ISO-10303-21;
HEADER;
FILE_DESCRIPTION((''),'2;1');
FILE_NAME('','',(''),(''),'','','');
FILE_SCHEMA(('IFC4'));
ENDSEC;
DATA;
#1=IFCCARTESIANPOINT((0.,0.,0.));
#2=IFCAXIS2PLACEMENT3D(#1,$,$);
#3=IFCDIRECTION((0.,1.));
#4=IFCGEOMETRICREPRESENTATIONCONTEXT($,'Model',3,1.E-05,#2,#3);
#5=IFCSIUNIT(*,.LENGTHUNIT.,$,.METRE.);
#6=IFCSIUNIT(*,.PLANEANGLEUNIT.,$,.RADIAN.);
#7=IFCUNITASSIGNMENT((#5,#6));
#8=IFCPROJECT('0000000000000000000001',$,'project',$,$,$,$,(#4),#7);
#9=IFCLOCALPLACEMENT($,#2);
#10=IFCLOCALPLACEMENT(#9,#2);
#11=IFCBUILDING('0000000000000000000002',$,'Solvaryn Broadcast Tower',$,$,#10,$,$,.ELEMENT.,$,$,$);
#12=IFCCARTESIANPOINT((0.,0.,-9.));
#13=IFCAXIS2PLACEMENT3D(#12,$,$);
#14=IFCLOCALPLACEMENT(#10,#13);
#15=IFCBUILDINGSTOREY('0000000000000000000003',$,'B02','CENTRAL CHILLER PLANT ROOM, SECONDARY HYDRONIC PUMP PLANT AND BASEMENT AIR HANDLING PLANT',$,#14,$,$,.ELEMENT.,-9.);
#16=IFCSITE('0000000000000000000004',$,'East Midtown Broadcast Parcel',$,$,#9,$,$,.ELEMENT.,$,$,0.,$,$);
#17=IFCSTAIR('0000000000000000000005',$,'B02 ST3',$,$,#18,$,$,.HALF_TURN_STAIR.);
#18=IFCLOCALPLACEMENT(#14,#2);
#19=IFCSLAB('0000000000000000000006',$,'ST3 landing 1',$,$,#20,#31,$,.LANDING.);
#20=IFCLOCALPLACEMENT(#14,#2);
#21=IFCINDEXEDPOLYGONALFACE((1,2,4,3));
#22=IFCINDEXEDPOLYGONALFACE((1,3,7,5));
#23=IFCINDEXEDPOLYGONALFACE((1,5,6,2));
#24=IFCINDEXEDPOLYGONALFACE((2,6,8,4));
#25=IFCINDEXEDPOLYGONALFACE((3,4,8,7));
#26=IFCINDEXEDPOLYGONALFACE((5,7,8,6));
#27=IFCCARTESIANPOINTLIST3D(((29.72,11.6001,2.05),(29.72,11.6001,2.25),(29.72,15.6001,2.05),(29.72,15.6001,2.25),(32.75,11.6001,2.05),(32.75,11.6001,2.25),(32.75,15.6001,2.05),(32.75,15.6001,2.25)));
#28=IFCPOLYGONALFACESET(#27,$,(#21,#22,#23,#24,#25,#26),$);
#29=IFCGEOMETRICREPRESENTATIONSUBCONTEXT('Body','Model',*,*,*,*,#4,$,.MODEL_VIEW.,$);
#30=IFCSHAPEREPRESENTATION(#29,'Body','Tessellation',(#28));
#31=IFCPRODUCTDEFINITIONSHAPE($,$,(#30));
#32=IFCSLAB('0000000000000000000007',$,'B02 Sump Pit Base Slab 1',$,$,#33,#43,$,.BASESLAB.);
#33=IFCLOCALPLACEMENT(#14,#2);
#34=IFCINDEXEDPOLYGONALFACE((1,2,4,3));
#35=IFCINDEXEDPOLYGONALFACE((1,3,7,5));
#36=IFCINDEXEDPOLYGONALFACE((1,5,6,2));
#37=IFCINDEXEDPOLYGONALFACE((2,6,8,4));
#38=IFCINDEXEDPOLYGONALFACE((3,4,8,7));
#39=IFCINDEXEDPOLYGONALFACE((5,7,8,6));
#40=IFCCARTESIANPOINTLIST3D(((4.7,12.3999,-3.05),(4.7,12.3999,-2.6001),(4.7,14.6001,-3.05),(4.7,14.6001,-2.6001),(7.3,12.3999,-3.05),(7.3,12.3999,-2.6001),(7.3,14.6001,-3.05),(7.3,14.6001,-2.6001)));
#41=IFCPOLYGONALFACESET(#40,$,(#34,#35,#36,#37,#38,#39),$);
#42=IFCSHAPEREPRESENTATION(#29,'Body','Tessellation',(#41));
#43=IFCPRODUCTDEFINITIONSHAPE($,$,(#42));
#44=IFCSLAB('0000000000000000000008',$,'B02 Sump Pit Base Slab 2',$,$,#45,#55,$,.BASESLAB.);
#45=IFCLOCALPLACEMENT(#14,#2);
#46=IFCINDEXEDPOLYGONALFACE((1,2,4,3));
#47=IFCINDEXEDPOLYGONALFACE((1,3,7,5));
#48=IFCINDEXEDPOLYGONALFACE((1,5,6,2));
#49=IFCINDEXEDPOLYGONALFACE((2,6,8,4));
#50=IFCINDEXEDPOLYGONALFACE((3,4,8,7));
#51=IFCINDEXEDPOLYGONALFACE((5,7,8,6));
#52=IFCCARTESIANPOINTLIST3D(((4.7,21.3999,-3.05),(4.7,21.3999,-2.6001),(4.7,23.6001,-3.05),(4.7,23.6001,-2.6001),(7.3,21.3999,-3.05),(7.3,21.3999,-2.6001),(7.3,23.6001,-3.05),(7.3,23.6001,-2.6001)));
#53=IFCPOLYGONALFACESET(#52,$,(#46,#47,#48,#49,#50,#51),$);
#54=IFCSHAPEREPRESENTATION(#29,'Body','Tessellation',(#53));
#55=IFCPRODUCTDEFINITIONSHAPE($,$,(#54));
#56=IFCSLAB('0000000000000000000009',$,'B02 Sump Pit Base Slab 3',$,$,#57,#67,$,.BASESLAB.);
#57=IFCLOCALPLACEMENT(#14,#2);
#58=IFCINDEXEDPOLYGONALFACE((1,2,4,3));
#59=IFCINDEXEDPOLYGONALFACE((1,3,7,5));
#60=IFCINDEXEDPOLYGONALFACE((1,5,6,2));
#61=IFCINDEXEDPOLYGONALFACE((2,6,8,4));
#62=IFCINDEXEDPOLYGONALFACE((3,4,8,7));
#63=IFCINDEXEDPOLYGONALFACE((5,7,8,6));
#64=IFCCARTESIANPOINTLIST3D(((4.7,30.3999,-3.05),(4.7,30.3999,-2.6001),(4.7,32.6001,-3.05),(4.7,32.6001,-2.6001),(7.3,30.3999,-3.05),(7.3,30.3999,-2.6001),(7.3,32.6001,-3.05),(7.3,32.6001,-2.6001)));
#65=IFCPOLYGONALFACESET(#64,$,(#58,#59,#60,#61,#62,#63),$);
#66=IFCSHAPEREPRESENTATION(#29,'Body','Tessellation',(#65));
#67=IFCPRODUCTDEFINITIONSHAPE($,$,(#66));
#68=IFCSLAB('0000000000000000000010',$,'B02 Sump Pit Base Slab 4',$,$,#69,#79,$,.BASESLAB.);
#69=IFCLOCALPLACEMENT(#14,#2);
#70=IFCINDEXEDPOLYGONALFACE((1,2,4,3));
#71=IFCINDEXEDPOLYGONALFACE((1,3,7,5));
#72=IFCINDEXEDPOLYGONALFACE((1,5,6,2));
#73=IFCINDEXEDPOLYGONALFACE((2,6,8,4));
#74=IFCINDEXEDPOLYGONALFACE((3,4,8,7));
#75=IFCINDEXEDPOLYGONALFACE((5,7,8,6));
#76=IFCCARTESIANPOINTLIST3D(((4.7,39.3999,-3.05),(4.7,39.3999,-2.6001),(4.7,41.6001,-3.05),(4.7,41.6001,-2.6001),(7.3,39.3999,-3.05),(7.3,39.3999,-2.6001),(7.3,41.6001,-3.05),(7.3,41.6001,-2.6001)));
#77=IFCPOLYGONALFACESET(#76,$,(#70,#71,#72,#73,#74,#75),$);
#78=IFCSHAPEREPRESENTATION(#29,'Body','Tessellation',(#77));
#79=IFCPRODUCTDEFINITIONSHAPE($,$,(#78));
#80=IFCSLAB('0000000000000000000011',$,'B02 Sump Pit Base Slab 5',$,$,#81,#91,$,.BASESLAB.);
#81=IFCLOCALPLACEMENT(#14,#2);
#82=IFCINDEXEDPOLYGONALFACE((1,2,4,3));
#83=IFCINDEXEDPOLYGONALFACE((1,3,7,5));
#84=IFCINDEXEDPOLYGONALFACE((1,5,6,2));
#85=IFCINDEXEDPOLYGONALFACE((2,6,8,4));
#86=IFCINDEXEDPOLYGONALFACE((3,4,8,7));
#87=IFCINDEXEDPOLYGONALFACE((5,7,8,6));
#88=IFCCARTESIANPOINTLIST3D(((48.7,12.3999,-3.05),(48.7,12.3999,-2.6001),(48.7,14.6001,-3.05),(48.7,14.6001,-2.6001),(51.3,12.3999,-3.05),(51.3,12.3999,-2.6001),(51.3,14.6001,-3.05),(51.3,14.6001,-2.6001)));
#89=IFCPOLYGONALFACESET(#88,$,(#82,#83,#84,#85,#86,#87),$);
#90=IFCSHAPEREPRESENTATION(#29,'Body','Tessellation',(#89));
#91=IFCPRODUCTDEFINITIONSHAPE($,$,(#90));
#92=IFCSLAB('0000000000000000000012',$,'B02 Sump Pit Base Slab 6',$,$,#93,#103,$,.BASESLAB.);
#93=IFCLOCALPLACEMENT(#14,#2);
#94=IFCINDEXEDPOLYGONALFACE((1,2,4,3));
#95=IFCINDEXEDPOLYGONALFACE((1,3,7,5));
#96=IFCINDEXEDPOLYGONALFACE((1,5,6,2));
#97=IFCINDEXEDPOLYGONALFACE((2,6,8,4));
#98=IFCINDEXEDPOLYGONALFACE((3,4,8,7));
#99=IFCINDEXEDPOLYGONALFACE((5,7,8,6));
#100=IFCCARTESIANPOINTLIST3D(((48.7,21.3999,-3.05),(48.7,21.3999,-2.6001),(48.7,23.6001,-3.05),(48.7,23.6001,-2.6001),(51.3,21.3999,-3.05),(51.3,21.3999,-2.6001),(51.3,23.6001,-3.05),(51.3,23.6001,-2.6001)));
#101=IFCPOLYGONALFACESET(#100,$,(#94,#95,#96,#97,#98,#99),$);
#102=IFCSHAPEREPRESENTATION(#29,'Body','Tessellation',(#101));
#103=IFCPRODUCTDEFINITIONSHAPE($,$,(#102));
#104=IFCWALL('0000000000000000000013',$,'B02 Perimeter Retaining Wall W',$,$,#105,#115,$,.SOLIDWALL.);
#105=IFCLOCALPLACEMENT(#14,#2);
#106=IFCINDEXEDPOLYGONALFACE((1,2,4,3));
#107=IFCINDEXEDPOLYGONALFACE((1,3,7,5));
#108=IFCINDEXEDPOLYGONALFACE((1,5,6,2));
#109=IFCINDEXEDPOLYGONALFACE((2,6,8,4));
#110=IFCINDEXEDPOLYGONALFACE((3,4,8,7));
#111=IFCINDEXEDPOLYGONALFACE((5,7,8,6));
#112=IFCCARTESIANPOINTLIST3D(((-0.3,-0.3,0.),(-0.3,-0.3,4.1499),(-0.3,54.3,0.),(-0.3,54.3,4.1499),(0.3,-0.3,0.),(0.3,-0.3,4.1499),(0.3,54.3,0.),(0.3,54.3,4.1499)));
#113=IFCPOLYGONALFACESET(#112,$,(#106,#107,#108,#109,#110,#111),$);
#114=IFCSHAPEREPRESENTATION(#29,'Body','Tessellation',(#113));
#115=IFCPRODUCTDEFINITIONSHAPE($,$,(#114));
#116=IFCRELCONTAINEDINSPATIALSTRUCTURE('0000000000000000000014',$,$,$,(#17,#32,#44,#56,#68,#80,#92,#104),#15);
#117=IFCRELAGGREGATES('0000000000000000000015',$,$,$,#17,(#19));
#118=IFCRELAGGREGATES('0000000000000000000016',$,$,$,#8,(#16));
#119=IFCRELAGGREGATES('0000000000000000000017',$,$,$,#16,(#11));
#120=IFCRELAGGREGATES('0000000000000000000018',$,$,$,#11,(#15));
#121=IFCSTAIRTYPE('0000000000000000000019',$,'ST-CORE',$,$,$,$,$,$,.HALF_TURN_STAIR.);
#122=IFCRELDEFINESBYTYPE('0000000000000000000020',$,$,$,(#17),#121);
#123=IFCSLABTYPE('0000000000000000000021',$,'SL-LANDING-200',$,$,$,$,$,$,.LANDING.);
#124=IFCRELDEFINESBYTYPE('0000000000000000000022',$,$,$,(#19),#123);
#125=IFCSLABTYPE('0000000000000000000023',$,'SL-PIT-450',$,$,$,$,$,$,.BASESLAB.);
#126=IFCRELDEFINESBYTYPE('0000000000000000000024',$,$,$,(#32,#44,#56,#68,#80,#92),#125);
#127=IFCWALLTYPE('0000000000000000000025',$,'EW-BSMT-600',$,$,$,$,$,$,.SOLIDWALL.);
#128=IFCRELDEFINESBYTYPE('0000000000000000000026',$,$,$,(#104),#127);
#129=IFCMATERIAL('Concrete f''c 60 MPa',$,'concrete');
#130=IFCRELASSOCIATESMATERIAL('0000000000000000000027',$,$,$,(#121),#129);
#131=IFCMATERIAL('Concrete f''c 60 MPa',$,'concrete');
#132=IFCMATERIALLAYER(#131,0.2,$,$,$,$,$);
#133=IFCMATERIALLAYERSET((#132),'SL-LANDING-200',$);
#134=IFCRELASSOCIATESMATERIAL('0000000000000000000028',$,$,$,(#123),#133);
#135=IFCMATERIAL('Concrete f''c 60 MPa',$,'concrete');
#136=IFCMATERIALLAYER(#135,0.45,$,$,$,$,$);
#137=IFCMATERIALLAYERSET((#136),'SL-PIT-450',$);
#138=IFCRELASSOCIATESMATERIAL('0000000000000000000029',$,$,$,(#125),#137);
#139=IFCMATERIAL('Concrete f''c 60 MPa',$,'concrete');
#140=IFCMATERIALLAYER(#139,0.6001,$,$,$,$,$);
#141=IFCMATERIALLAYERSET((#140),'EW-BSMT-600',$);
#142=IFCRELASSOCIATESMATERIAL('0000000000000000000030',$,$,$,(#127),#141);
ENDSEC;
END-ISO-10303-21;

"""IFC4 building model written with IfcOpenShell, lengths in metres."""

from ifc_helpers import new_model, si_unit, direction, frame, frame_2d, origin, place, context, subcontext, project, spatial, polyline, rectangle, outline, extrude, material, layer, layer_set, type_object, element, aggregate, save


model = new_model("IFC4")

# Units and contexts
model_context = context("Model", 3, precision=1e-05, world=origin(), true_north=direction((0.0, 1.0)))
body_context = subcontext(model_context, "Body", "Model", "MODEL_VIEW")
ifc_project = project(units=[si_unit("LENGTHUNIT", "METRE"), si_unit("PLANEANGLEUNIT", "RADIAN")], contexts=[model_context])

# Site, building, storey
site_placement = place(None, origin())
site = spatial("IfcSite", under=ifc_project, at=site_placement, Name="East Midtown Broadcast Parcel", CompositionType="ELEMENT", RefElevation=0.0)
building_placement = place(site_placement, origin())
building = spatial("IfcBuilding", under=site, at=building_placement, Name="Solvaryn Broadcast Tower", CompositionType="ELEMENT")
storey_placement = place(building_placement, frame((0.0, 0.0, -9.0)))
storey = spatial("IfcBuildingStorey", under=building, at=storey_placement, Name="B02", Description="CENTRAL CHILLER PLANT ROOM, SECONDARY HYDRONIC PUMP PLANT AND BASEMENT AIR HANDLING PLANT", CompositionType="ELEMENT", Elevation=-9.0)

# Stair, slab
ifc_material_1 = material(Name="Concrete f'c 60 MPa", Category="concrete")
stair_type = type_object("IfcStairType", Name="ST-CORE", PredefinedType="HALF_TURN_STAIR", material=ifc_material_1)
ifc_material_2 = material(Name="Concrete f'c 60 MPa", Category="concrete")
ifc_layer_1 = layer(ifc_material_2, 0.2)
ifc_layer_set_1 = layer_set([ifc_layer_1], Name="SL-LANDING-200")
slab_type_1 = type_object("IfcSlabType", Name="SL-LANDING-200", PredefinedType="LANDING", material=ifc_layer_set_1)
stair_1_placement = place(storey_placement, origin())
stair_1 = element("IfcStair", 1, at=stair_1_placement, inside=storey, type_object=stair_type, Name="B02 ST3", PredefinedType="HALF_TURN_STAIR")
slab_1_placement = place(storey_placement, frame((0.0, 0.0, 2.05)))
slab_1 = element("IfcSlab", 2, at=slab_1_placement, type_object=slab_type_1, Name="ST3 landing 1", PredefinedType="LANDING", context=body_context, shape_type="SweptSolid", body=[
    extrude(outline(polyline([(29.72, 15.6001), (29.72, 11.6001), (32.75, 11.6001), (32.75, 15.6001), (29.72, 15.6001)])), origin(), (0.0, 0.0, 1.0), 0.2),
])
aggregate(stair_1, [slab_1])

# Slabs
ifc_material_3 = material(Name="Concrete f'c 60 MPa", Category="concrete")
ifc_layer_2 = layer(ifc_material_3, 0.45)
ifc_layer_set_2 = layer_set([ifc_layer_2], Name="SL-PIT-450")
slab_type_2 = type_object("IfcSlabType", Name="SL-PIT-450", PredefinedType="BASESLAB", material=ifc_layer_set_2)
slab_2_placement = place(storey_placement, frame((0.0, 0.0, -3.05)))
element("IfcSlab", 3, at=slab_2_placement, inside=storey, type_object=slab_type_2, Name="B02 Sump Pit Base Slab 1", PredefinedType="BASESLAB", context=body_context, shape_type="SweptSolid", body=[
    extrude(outline(polyline([(4.7, 12.3999), (7.3, 12.3999), (7.3, 14.6001), (4.7, 14.6001), (4.7, 12.3999)])), origin(), (0.0, 0.0, 1.0), 0.45),
])
slab_3_placement = place(storey_placement, frame((0.0, 0.0, -3.05)))
element("IfcSlab", 4, at=slab_3_placement, inside=storey, type_object=slab_type_2, Name="B02 Sump Pit Base Slab 2", PredefinedType="BASESLAB", context=body_context, shape_type="SweptSolid", body=[
    extrude(outline(polyline([(4.7, 21.3999), (7.3, 21.3999), (7.3, 23.6001), (4.7, 23.6001), (4.7, 21.3999)])), origin(), (0.0, 0.0, 1.0), 0.45),
])
slab_4_placement = place(storey_placement, frame((0.0, 0.0, -3.05)))
element("IfcSlab", 5, at=slab_4_placement, inside=storey, type_object=slab_type_2, Name="B02 Sump Pit Base Slab 3", PredefinedType="BASESLAB", context=body_context, shape_type="SweptSolid", body=[
    extrude(outline(polyline([(4.7, 30.3999), (7.3, 30.3999), (7.3, 32.6001), (4.7, 32.6001), (4.7, 30.3999)])), origin(), (0.0, 0.0, 1.0), 0.45),
])
slab_5_placement = place(storey_placement, frame((0.0, 0.0, -3.05)))
element("IfcSlab", 6, at=slab_5_placement, inside=storey, type_object=slab_type_2, Name="B02 Sump Pit Base Slab 4", PredefinedType="BASESLAB", context=body_context, shape_type="SweptSolid", body=[
    extrude(outline(polyline([(4.7, 39.3999), (7.3, 39.3999), (7.3, 41.6001), (4.7, 41.6001), (4.7, 39.3999)])), origin(), (0.0, 0.0, 1.0), 0.45),
])
slab_6_placement = place(storey_placement, frame((0.0, 0.0, -3.05)))
element("IfcSlab", 7, at=slab_6_placement, inside=storey, type_object=slab_type_2, Name="B02 Sump Pit Base Slab 5", PredefinedType="BASESLAB", context=body_context, shape_type="SweptSolid", body=[
    extrude(outline(polyline([(48.7, 12.3999), (51.3, 12.3999), (51.3, 14.6001), (48.7, 14.6001), (48.7, 12.3999)])), origin(), (0.0, 0.0, 1.0), 0.45),
])
slab_7_placement = place(storey_placement, frame((0.0, 0.0, -3.05)))
element("IfcSlab", 8, at=slab_7_placement, inside=storey, type_object=slab_type_2, Name="B02 Sump Pit Base Slab 6", PredefinedType="BASESLAB", context=body_context, shape_type="SweptSolid", body=[
    extrude(outline(polyline([(48.7, 21.3999), (51.3, 21.3999), (51.3, 23.6001), (48.7, 23.6001), (48.7, 21.3999)])), origin(), (0.0, 0.0, 1.0), 0.45),
])

# Wall
ifc_material_4 = material(Name="Concrete f'c 60 MPa", Category="concrete")
ifc_layer_3 = layer(ifc_material_4, 0.6001)
ifc_layer_set_3 = layer_set([ifc_layer_3], Name="EW-BSMT-600")
wall_type = type_object("IfcWallType", Name="EW-BSMT-600", PredefinedType="SOLIDWALL", material=ifc_layer_set_3)
wall_placement = place(storey_placement, frame((0.0, -0.3, 0.0), z_axis=(0.0, 0.0, 1.0), x_axis=(0.0, 1.0, 0.0)))
element("IfcWall", 9, at=wall_placement, inside=storey, type_object=wall_type, Name="B02 Perimeter Retaining Wall W", PredefinedType="SOLIDWALL", context=body_context, shape_type="SweptSolid", body=[
    extrude(rectangle(XDim=54.6001, YDim=0.6001, at=frame_2d((27.3, 0.0))), origin(), (0.0, 0.0, 1.0), 4.1499),
])

save(model, "model.ifc")
